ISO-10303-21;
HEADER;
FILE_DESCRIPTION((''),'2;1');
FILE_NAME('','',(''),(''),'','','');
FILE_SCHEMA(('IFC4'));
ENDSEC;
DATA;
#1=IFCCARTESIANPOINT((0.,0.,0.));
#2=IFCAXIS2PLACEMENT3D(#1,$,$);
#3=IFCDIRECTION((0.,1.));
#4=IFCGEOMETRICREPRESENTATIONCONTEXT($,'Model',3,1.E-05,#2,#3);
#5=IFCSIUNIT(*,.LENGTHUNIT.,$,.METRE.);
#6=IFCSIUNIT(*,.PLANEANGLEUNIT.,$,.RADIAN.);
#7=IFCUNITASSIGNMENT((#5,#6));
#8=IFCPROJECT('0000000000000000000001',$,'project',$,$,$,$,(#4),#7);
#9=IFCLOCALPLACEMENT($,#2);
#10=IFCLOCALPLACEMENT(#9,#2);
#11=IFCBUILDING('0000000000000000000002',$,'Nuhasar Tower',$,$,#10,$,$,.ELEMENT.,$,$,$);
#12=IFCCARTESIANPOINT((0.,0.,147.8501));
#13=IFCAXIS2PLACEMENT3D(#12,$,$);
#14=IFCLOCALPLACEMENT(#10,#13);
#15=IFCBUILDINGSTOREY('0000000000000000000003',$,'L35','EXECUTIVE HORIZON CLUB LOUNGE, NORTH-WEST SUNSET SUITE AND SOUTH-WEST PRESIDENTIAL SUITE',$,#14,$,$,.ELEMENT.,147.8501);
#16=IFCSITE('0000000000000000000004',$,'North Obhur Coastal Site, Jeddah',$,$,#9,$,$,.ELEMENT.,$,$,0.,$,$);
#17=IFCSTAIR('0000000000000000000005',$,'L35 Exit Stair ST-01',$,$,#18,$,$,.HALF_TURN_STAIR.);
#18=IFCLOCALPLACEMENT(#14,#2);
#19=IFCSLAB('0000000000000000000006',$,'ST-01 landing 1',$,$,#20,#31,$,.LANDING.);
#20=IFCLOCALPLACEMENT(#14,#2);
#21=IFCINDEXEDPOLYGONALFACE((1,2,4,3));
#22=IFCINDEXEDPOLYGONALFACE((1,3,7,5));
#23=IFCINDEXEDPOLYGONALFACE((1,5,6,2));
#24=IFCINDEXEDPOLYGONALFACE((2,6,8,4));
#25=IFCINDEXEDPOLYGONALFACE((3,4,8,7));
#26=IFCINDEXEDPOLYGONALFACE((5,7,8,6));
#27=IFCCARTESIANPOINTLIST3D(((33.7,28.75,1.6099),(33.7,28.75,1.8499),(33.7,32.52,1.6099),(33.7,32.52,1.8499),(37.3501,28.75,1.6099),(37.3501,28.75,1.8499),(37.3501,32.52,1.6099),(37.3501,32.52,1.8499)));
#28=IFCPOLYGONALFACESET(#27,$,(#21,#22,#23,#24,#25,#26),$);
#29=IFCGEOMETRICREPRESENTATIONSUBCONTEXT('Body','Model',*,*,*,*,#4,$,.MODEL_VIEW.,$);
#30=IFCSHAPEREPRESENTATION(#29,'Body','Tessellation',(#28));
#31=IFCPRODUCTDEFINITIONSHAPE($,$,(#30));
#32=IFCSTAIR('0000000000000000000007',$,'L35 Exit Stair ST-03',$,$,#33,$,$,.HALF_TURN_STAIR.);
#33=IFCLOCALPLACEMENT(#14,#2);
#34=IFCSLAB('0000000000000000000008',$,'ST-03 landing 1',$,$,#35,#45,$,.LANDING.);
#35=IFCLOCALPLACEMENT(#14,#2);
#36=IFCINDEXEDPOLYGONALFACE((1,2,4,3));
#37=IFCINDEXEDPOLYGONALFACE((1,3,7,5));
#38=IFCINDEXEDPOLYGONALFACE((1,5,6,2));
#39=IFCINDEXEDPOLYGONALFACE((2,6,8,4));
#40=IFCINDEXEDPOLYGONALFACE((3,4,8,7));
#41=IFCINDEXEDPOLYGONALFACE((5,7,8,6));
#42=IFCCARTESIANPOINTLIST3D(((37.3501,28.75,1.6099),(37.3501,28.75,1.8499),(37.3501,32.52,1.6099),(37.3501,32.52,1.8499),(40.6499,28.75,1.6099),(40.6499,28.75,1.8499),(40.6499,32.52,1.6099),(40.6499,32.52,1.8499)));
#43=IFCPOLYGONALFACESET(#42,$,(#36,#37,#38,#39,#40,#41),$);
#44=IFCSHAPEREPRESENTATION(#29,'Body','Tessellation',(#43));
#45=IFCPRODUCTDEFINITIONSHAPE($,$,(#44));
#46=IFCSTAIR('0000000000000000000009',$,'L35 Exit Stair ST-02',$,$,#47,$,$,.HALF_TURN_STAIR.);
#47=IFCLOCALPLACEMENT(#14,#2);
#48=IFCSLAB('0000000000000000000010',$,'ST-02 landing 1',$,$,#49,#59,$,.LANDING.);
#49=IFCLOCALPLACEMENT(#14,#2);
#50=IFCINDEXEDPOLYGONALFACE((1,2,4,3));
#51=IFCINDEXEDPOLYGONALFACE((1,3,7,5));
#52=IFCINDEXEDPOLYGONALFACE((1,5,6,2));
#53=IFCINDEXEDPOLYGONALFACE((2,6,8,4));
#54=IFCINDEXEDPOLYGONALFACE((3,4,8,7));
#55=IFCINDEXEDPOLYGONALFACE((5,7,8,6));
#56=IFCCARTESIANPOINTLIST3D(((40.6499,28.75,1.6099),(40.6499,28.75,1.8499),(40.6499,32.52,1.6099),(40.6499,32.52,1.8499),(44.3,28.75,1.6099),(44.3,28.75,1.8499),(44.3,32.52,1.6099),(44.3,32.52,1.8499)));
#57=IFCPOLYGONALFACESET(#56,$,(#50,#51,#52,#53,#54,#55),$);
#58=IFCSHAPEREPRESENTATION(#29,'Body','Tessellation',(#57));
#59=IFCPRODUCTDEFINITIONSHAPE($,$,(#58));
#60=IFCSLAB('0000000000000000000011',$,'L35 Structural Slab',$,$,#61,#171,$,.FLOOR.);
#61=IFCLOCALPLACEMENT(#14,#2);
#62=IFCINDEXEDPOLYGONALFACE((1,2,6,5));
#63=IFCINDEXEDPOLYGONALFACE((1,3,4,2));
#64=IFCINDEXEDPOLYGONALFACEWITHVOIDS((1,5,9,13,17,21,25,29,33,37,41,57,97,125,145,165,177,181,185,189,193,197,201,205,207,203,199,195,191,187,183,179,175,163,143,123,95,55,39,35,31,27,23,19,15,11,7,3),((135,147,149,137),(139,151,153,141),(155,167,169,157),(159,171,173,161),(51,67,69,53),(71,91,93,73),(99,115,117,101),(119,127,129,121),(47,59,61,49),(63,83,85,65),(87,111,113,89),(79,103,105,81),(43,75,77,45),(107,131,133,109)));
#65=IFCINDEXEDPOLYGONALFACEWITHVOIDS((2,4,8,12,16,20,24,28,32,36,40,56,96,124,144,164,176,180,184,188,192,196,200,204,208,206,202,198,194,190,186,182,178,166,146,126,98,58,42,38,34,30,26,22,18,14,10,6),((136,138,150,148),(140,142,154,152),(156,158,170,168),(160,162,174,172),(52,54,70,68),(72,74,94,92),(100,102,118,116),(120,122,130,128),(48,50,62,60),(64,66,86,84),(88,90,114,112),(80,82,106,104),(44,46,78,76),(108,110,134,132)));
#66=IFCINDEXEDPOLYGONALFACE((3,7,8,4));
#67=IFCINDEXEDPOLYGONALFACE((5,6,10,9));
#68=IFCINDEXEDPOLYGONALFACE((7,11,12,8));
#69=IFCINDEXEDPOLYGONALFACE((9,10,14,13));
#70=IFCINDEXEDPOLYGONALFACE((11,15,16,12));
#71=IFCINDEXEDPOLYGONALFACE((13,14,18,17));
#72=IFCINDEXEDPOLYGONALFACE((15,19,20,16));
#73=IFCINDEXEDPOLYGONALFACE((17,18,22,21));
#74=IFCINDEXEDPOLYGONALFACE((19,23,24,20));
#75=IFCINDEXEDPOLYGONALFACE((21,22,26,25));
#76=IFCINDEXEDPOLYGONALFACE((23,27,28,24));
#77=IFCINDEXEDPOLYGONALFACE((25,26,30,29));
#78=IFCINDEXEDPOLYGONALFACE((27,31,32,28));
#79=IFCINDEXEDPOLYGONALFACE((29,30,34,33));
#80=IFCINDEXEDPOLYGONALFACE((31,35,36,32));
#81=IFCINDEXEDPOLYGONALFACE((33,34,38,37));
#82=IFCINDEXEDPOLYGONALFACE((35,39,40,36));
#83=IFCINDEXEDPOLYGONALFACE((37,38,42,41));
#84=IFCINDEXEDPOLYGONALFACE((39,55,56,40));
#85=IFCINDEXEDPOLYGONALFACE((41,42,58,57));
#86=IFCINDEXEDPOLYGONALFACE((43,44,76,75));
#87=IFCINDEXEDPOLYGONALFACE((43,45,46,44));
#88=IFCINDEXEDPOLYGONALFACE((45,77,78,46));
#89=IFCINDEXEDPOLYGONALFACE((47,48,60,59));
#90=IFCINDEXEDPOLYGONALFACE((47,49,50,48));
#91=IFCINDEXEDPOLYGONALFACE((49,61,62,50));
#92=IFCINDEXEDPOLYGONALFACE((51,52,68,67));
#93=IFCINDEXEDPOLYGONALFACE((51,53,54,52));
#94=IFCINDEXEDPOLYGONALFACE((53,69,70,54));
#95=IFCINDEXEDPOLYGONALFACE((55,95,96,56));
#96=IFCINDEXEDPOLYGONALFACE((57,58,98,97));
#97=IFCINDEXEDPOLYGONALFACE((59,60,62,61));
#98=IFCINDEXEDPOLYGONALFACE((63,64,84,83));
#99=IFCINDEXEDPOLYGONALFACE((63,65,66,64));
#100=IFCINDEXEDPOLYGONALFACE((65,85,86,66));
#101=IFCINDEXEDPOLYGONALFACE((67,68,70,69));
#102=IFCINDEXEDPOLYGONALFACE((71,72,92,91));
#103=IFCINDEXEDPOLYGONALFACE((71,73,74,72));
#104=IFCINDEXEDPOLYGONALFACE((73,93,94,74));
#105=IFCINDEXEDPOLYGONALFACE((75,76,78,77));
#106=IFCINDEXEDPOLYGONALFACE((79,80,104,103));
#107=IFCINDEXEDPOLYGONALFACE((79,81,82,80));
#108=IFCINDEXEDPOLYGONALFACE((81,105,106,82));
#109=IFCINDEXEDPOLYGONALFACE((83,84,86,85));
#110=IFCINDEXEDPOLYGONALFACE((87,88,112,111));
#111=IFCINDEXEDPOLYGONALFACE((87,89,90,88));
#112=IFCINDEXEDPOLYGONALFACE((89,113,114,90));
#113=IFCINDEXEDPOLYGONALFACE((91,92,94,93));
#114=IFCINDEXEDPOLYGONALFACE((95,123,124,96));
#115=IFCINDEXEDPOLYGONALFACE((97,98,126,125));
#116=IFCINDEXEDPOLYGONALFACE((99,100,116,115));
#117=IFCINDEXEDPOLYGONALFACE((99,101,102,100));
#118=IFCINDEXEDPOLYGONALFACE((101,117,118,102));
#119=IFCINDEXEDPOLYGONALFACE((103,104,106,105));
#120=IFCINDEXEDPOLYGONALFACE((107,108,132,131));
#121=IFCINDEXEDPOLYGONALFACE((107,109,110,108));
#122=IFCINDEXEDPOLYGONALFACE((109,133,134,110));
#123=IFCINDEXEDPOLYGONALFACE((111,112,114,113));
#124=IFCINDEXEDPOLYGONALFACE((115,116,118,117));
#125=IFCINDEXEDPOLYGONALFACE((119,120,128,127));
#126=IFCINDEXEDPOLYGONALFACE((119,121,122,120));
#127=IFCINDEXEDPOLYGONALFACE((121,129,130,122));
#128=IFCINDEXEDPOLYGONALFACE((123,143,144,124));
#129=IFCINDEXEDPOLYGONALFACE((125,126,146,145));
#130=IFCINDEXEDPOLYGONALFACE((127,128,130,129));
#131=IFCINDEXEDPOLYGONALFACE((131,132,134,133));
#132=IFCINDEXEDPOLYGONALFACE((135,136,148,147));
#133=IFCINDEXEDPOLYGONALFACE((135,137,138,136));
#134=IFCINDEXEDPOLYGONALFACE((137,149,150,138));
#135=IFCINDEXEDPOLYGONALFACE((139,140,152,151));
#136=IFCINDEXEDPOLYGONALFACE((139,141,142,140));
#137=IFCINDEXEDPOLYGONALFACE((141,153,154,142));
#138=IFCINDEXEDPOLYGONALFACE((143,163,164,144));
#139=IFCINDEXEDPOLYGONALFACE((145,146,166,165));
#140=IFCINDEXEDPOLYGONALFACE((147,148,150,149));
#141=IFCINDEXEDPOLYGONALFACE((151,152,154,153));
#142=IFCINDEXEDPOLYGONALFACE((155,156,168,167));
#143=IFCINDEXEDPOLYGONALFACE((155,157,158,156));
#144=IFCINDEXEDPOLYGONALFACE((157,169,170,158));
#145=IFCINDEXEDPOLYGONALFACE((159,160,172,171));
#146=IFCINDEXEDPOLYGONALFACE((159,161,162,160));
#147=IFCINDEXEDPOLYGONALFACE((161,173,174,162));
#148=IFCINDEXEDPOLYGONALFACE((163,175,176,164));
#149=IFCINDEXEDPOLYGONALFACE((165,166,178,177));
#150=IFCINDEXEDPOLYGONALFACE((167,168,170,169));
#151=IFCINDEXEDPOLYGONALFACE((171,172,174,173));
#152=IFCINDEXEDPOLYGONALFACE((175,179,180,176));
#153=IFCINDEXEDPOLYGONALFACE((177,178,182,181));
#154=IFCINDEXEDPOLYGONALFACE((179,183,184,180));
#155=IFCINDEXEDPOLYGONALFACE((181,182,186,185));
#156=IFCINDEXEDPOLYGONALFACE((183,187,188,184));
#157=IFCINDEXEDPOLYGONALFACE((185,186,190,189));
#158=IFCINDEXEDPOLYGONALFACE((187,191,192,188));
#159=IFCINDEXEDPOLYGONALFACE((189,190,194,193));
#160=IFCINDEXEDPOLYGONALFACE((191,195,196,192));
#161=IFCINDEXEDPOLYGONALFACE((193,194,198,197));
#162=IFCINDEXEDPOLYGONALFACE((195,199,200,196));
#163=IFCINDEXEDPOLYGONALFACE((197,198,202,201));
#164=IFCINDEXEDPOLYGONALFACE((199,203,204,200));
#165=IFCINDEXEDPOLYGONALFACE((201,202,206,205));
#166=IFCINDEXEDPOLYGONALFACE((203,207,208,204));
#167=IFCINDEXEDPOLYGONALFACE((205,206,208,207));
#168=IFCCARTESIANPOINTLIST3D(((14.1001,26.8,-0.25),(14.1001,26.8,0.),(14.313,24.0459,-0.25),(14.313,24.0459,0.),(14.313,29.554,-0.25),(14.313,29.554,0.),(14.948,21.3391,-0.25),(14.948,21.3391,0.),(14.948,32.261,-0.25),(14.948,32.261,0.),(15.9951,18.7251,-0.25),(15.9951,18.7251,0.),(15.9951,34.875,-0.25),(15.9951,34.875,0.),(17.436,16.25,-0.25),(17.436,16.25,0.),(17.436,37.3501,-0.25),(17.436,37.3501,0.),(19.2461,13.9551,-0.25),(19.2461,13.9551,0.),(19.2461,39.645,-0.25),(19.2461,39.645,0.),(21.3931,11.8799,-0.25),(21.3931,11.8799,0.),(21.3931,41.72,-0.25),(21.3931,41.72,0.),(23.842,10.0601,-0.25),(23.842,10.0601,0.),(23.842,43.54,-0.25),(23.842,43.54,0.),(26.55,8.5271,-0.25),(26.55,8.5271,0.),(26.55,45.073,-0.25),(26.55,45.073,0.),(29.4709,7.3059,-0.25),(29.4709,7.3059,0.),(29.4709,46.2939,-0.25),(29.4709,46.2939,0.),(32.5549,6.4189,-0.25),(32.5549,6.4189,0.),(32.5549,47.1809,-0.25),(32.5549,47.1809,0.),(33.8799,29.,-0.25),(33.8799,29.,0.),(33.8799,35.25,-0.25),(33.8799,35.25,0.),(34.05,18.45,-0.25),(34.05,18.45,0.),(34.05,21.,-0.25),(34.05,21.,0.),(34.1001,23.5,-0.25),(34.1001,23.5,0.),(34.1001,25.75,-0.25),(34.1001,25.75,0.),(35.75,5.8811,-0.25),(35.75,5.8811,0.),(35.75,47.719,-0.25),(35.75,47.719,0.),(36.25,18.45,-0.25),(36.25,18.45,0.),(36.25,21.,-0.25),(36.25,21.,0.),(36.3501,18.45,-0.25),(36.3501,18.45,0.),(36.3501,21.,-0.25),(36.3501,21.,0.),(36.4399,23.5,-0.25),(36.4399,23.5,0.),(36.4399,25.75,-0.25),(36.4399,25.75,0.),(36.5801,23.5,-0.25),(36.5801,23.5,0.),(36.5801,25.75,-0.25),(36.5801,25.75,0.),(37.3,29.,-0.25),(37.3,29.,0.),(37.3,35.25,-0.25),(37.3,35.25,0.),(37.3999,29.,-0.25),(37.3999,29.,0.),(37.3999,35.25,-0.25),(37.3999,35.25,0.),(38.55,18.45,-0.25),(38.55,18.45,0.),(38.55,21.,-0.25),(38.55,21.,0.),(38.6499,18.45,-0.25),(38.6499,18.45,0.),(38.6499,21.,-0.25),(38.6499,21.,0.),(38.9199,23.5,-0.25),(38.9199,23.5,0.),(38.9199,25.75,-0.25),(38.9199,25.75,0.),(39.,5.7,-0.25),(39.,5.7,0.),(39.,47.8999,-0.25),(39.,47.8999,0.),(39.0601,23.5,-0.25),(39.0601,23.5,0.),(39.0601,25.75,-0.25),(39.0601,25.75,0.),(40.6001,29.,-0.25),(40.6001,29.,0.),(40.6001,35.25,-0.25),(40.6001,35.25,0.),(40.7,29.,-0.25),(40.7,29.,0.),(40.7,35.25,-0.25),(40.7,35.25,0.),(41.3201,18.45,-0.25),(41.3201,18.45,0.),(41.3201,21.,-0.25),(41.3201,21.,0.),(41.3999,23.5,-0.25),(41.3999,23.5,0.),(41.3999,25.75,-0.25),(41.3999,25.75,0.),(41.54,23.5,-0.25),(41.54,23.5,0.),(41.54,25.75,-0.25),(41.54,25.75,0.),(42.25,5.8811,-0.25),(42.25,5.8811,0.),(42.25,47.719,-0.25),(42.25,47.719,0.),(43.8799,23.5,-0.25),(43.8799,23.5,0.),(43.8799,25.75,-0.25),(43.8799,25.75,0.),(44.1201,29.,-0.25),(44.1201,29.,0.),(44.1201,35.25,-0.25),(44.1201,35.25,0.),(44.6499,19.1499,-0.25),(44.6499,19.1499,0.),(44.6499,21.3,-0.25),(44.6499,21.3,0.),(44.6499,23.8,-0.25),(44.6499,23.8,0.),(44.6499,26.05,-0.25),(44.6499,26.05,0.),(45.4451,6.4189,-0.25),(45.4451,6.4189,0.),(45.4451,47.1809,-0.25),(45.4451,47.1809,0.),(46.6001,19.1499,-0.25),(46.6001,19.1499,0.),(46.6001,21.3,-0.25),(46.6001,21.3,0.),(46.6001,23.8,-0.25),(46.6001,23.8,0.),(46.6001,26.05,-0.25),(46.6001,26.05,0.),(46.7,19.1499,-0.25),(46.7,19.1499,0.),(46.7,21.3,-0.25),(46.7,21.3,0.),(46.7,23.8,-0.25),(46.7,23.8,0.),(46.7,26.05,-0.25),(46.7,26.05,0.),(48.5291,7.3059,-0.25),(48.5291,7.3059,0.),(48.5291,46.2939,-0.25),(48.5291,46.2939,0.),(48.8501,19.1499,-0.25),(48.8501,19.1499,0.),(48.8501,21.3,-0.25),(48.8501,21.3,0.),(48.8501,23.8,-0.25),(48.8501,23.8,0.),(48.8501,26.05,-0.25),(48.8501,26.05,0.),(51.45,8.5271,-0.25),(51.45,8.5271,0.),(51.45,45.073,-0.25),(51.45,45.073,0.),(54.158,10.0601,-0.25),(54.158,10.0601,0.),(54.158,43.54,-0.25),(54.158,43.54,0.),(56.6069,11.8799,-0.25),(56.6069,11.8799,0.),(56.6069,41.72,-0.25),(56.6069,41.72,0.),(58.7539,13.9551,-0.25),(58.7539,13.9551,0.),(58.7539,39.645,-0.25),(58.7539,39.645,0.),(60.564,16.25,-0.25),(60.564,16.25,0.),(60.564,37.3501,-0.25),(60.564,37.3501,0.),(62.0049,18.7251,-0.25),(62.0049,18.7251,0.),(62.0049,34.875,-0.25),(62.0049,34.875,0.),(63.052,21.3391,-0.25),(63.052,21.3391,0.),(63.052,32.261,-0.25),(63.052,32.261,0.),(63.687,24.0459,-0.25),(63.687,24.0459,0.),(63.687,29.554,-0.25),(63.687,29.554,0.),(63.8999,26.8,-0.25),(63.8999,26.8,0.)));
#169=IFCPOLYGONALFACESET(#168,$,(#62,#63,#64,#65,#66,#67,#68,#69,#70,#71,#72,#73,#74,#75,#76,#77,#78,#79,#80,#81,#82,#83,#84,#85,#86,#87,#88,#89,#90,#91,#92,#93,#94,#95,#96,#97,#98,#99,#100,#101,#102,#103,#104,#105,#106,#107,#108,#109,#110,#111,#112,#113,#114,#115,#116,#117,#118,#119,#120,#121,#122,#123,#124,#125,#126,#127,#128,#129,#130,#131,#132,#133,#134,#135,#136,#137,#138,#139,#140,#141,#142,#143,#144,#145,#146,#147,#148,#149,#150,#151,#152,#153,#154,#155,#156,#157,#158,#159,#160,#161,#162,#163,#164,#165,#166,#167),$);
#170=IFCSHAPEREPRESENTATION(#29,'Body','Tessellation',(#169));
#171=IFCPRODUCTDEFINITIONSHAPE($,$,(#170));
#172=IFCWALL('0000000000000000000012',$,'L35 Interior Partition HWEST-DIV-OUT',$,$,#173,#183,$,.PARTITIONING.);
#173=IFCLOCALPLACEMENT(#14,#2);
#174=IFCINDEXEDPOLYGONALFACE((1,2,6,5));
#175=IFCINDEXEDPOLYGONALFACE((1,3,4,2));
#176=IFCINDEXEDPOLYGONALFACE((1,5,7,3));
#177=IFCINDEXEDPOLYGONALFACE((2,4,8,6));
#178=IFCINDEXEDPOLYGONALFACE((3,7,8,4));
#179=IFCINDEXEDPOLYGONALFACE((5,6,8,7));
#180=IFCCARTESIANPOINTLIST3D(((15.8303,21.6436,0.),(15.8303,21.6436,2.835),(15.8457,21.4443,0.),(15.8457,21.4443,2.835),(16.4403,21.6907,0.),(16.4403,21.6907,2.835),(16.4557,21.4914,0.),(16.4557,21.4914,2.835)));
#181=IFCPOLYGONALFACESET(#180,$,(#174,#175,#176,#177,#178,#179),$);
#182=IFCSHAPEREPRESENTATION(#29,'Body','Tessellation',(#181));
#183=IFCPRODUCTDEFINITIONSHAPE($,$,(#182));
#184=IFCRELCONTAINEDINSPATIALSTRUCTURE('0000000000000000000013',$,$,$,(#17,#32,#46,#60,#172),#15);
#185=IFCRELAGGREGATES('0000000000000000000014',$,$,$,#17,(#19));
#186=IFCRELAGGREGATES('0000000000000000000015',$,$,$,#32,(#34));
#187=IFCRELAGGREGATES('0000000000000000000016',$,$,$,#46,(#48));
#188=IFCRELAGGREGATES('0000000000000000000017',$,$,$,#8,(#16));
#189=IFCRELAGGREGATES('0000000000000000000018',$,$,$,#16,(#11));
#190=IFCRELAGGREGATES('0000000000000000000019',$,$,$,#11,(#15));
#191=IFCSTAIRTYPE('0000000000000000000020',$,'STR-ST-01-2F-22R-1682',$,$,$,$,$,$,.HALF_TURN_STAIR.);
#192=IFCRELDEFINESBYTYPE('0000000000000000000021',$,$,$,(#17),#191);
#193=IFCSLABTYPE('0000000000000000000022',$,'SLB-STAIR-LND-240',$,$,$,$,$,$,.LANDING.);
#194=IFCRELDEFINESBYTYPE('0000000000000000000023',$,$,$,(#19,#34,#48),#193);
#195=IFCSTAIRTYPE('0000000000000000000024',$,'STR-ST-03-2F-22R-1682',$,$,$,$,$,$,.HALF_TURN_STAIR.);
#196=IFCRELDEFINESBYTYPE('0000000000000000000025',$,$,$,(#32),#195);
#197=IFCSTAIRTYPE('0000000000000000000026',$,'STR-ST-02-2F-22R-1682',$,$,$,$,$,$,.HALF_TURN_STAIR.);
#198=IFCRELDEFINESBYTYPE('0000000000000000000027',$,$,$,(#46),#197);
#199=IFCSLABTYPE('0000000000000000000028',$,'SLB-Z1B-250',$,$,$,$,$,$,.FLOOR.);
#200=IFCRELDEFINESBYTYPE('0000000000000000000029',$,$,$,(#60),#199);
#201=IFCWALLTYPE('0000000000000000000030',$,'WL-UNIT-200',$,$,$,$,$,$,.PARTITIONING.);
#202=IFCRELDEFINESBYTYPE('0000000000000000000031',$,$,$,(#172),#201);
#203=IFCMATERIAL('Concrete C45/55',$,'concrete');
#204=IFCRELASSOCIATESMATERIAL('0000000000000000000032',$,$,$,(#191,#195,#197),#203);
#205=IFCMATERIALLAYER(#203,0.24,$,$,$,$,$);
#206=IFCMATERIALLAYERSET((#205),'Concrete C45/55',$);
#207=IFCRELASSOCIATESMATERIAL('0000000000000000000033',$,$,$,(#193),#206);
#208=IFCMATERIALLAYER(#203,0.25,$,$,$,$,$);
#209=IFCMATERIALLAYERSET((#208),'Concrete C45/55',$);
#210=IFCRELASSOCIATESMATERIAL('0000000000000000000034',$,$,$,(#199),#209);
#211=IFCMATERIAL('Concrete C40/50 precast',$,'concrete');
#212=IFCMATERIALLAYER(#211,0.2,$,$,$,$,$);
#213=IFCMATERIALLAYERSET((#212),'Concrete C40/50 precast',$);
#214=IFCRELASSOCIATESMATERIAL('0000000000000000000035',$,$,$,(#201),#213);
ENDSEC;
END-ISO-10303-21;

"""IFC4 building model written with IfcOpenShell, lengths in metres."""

from ifc_helpers import new_model, si_unit, direction, frame, frame_2d, origin, place, context, subcontext, project, spatial, polyline, rectangle, outline, extrude, material, layer, layer_set, type_object, element, aggregate, save


model = new_model("IFC4")

# Units and contexts
model_context = context("Model", 3, precision=1e-05, world=origin(), true_north=direction((0.0, 1.0)))
body_context = subcontext(model_context, "Body", "Model", "MODEL_VIEW")
ifc_project = project(units=[si_unit("LENGTHUNIT", "METRE"), si_unit("PLANEANGLEUNIT", "RADIAN")], contexts=[model_context])

# Site, building, storey
site_placement = place(None, origin())
site = spatial("IfcSite", under=ifc_project, at=site_placement, Name="North Obhur Coastal Site, Jeddah", CompositionType="ELEMENT", RefElevation=0.0)
building_placement = place(site_placement, origin())
building = spatial("IfcBuilding", under=site, at=building_placement, Name="Nuhasar Tower", CompositionType="ELEMENT")
storey_placement = place(building_placement, frame((0.0, 0.0, 147.8501)))
storey = spatial("IfcBuildingStorey", under=building, at=storey_placement, Name="L35", Description="EXECUTIVE HORIZON CLUB LOUNGE, NORTH-WEST SUNSET SUITE AND SOUTH-WEST PRESIDENTIAL SUITE", CompositionType="ELEMENT", Elevation=147.8501)

# Stairs, slabs
ifc_material_1 = material(Name="Concrete C45/55", Category="concrete")
stair_type_1 = type_object("IfcStairType", Name="STR-ST-01-2F-22R-1682", PredefinedType="HALF_TURN_STAIR", material=ifc_material_1)
stair_1_placement = place(storey_placement, origin())
stair_1 = element("IfcStair", 1, at=stair_1_placement, inside=storey, type_object=stair_type_1, Name="L35 Exit Stair ST-01", PredefinedType="HALF_TURN_STAIR")
ifc_layer_1 = layer(ifc_material_1, 0.24)
ifc_layer_set_1 = layer_set([ifc_layer_1], Name="Concrete C45/55")
slab_type_1 = type_object("IfcSlabType", Name="SLB-STAIR-LND-240", PredefinedType="LANDING", material=ifc_layer_set_1)
slab_1_placement = place(storey_placement, frame((0.0, 0.0, 1.6099)))
slab_1 = element("IfcSlab", 2, at=slab_1_placement, type_object=slab_type_1, Name="ST-01 landing 1", PredefinedType="LANDING", context=body_context, shape_type="SweptSolid", body=[
    extrude(outline(polyline([(33.7, 28.75), (37.3501, 28.75), (37.3501, 32.52), (33.7, 32.52), (33.7, 28.75)])), origin(), (0.0, 0.0, 1.0), 0.24),
])
aggregate(stair_1, [slab_1])
stair_type_2 = type_object("IfcStairType", Name="STR-ST-03-2F-22R-1682", PredefinedType="HALF_TURN_STAIR", material=ifc_material_1)
stair_2_placement = place(storey_placement, origin())
stair_2 = element("IfcStair", 3, at=stair_2_placement, inside=storey, type_object=stair_type_2, Name="L35 Exit Stair ST-03", PredefinedType="HALF_TURN_STAIR")
slab_2_placement = place(storey_placement, frame((0.0, 0.0, 1.6099)))
slab_2 = element("IfcSlab", 4, at=slab_2_placement, type_object=slab_type_1, Name="ST-03 landing 1", PredefinedType="LANDING", context=body_context, shape_type="SweptSolid", body=[
    extrude(outline(polyline([(37.3501, 28.75), (40.6499, 28.75), (40.6499, 32.52), (37.3501, 32.52), (37.3501, 28.75)])), origin(), (0.0, 0.0, 1.0), 0.24),
])
aggregate(stair_2, [slab_2])
stair_type_3 = type_object("IfcStairType", Name="STR-ST-02-2F-22R-1682", PredefinedType="HALF_TURN_STAIR", material=ifc_material_1)
stair_3_placement = place(storey_placement, origin())
stair_3 = element("IfcStair", 5, at=stair_3_placement, inside=storey, type_object=stair_type_3, Name="L35 Exit Stair ST-02", PredefinedType="HALF_TURN_STAIR")
slab_3_placement = place(storey_placement, frame((0.0, 0.0, 1.6099)))
slab_3 = element("IfcSlab", 6, at=slab_3_placement, type_object=slab_type_1, Name="ST-02 landing 1", PredefinedType="LANDING", context=body_context, shape_type="SweptSolid", body=[
    extrude(outline(polyline([(40.6499, 28.75), (44.3, 28.75), (44.3, 32.52), (40.6499, 32.52), (40.6499, 28.75)])), origin(), (0.0, 0.0, 1.0), 0.24),
])
aggregate(stair_3, [slab_3])

# Slab
ifc_layer_2 = layer(ifc_material_1, 0.25)
ifc_layer_set_2 = layer_set([ifc_layer_2], Name="Concrete C45/55")
slab_type_2 = type_object("IfcSlabType", Name="SLB-Z1B-250", PredefinedType="FLOOR", material=ifc_layer_set_2)
slab_4_placement = place(storey_placement, frame((0.0, 0.0, -0.25)))
element("IfcSlab", 7, at=slab_4_placement, inside=storey, type_object=slab_type_2, Name="L35 Structural Slab", PredefinedType="FLOOR", context=body_context, shape_type="SweptSolid", body=[
    extrude(outline(polyline([(63.8999, 26.8), (63.687, 29.554), (63.052, 32.261), (62.0049, 34.875), (60.564, 37.3501), (58.7539, 39.645), (56.6069, 41.72), (54.158, 43.54), (51.45, 45.073), (48.5291, 46.2939), (45.4451, 47.1809), (42.25, 47.719), (39.0, 47.8999), (35.75, 47.719), (32.5549, 47.1809), (29.4709, 46.2939), (26.55, 45.073), (23.842, 43.54), (21.3931, 41.72), (19.2461, 39.645), (17.436, 37.3501), (15.9951, 34.875), (14.948, 32.261), (14.313, 29.554), (14.1001, 26.8), (14.313, 24.0459), (14.948, 21.3391), (15.9951, 18.7251), (17.436, 16.25), (19.2461, 13.9551), (21.3931, 11.8799), (23.842, 10.0601), (26.55, 8.5271), (29.4709, 7.3059), (32.5549, 6.4189), (35.75, 5.8811), (39.0, 5.7), (42.25, 5.8811), (45.4451, 6.4189), (48.5291, 7.3059), (51.45, 8.5271), (54.158, 10.0601), (56.6069, 11.8799), (58.7539, 13.9551), (60.564, 16.25), (62.0049, 18.7251), (63.052, 21.3391), (63.687, 24.0459), (63.8999, 26.8)]), holes=[polyline([(33.8799, 35.25), (37.3, 35.25), (37.3, 29.0), (33.8799, 29.0), (33.8799, 35.25)]), polyline([(37.3999, 35.25), (40.6001, 35.25), (40.6001, 29.0), (37.3999, 29.0), (37.3999, 35.25)]), polyline([(40.7, 35.25), (44.1201, 35.25), (44.1201, 29.0), (40.7, 29.0), (40.7, 35.25)]), polyline([(44.6499, 26.05), (46.6001, 26.05), (46.6001, 23.8), (44.6499, 23.8), (44.6499, 26.05)]), polyline([(46.7, 26.05), (48.8501, 26.05), (48.8501, 23.8), (46.7, 23.8), (46.7, 26.05)]), polyline([(44.6499, 21.3), (46.6001, 21.3), (46.6001, 19.1499), (44.6499, 19.1499), (44.6499, 21.3)]), polyline([(46.7, 21.3), (48.8501, 21.3), (48.8501, 19.1499), (46.7, 19.1499), (46.7, 21.3)]), polyline([(34.1001, 25.75), (36.4399, 25.75), (36.4399, 23.5), (34.1001, 23.5), (34.1001, 25.75)]), polyline([(36.5801, 25.75), (38.9199, 25.75), (38.9199, 23.5), (36.5801, 23.5), (36.5801, 25.75)]), polyline([(39.0601, 25.75), (41.3999, 25.75), (41.3999, 23.5), (39.0601, 23.5), (39.0601, 25.75)]), polyline([(41.54, 25.75), (43.8799, 25.75), (43.8799, 23.5), (41.54, 23.5), (41.54, 25.75)]), polyline([(34.05, 21.0), (36.25, 21.0), (36.25, 18.45), (34.05, 18.45), (34.05, 21.0)]), polyline([(36.3501, 21.0), (38.55, 21.0), (38.55, 18.45), (36.3501, 18.45), (36.3501, 21.0)]), polyline([(38.6499, 21.0), (41.3201, 21.0), (41.3201, 18.45), (38.6499, 18.45), (38.6499, 21.0)])]), origin(), (0.0, 0.0, 1.0), 0.25),
])

# Wall
ifc_material_2 = material(Name="Concrete C40/50 precast", Category="concrete")
ifc_layer_3 = layer(ifc_material_2, 0.2)
ifc_layer_set_3 = layer_set([ifc_layer_3], Name="Concrete C40/50 precast")
wall_type = type_object("IfcWallType", Name="WL-UNIT-200", PredefinedType="PARTITIONING", material=ifc_layer_set_3)
wall_placement = place(storey_placement, frame((16.448, 21.5911, 0.0), z_axis=(0.0, 0.0, 1.0), x_axis=(-0.997031, -0.077002, 0.0)))
element("IfcWall", 8, at=wall_placement, inside=storey, type_object=wall_type, Name="L35 Interior Partition HWEST-DIV-OUT", PredefinedType="PARTITIONING", context=body_context, shape_type="SweptSolid", body=[
    extrude(rectangle(XDim=0.6118, YDim=0.2, at=frame_2d((0.3059, 0.0))), origin(), (0.0, 0.0, 1.0), 2.835),
])

save(model, "model.ifc")
